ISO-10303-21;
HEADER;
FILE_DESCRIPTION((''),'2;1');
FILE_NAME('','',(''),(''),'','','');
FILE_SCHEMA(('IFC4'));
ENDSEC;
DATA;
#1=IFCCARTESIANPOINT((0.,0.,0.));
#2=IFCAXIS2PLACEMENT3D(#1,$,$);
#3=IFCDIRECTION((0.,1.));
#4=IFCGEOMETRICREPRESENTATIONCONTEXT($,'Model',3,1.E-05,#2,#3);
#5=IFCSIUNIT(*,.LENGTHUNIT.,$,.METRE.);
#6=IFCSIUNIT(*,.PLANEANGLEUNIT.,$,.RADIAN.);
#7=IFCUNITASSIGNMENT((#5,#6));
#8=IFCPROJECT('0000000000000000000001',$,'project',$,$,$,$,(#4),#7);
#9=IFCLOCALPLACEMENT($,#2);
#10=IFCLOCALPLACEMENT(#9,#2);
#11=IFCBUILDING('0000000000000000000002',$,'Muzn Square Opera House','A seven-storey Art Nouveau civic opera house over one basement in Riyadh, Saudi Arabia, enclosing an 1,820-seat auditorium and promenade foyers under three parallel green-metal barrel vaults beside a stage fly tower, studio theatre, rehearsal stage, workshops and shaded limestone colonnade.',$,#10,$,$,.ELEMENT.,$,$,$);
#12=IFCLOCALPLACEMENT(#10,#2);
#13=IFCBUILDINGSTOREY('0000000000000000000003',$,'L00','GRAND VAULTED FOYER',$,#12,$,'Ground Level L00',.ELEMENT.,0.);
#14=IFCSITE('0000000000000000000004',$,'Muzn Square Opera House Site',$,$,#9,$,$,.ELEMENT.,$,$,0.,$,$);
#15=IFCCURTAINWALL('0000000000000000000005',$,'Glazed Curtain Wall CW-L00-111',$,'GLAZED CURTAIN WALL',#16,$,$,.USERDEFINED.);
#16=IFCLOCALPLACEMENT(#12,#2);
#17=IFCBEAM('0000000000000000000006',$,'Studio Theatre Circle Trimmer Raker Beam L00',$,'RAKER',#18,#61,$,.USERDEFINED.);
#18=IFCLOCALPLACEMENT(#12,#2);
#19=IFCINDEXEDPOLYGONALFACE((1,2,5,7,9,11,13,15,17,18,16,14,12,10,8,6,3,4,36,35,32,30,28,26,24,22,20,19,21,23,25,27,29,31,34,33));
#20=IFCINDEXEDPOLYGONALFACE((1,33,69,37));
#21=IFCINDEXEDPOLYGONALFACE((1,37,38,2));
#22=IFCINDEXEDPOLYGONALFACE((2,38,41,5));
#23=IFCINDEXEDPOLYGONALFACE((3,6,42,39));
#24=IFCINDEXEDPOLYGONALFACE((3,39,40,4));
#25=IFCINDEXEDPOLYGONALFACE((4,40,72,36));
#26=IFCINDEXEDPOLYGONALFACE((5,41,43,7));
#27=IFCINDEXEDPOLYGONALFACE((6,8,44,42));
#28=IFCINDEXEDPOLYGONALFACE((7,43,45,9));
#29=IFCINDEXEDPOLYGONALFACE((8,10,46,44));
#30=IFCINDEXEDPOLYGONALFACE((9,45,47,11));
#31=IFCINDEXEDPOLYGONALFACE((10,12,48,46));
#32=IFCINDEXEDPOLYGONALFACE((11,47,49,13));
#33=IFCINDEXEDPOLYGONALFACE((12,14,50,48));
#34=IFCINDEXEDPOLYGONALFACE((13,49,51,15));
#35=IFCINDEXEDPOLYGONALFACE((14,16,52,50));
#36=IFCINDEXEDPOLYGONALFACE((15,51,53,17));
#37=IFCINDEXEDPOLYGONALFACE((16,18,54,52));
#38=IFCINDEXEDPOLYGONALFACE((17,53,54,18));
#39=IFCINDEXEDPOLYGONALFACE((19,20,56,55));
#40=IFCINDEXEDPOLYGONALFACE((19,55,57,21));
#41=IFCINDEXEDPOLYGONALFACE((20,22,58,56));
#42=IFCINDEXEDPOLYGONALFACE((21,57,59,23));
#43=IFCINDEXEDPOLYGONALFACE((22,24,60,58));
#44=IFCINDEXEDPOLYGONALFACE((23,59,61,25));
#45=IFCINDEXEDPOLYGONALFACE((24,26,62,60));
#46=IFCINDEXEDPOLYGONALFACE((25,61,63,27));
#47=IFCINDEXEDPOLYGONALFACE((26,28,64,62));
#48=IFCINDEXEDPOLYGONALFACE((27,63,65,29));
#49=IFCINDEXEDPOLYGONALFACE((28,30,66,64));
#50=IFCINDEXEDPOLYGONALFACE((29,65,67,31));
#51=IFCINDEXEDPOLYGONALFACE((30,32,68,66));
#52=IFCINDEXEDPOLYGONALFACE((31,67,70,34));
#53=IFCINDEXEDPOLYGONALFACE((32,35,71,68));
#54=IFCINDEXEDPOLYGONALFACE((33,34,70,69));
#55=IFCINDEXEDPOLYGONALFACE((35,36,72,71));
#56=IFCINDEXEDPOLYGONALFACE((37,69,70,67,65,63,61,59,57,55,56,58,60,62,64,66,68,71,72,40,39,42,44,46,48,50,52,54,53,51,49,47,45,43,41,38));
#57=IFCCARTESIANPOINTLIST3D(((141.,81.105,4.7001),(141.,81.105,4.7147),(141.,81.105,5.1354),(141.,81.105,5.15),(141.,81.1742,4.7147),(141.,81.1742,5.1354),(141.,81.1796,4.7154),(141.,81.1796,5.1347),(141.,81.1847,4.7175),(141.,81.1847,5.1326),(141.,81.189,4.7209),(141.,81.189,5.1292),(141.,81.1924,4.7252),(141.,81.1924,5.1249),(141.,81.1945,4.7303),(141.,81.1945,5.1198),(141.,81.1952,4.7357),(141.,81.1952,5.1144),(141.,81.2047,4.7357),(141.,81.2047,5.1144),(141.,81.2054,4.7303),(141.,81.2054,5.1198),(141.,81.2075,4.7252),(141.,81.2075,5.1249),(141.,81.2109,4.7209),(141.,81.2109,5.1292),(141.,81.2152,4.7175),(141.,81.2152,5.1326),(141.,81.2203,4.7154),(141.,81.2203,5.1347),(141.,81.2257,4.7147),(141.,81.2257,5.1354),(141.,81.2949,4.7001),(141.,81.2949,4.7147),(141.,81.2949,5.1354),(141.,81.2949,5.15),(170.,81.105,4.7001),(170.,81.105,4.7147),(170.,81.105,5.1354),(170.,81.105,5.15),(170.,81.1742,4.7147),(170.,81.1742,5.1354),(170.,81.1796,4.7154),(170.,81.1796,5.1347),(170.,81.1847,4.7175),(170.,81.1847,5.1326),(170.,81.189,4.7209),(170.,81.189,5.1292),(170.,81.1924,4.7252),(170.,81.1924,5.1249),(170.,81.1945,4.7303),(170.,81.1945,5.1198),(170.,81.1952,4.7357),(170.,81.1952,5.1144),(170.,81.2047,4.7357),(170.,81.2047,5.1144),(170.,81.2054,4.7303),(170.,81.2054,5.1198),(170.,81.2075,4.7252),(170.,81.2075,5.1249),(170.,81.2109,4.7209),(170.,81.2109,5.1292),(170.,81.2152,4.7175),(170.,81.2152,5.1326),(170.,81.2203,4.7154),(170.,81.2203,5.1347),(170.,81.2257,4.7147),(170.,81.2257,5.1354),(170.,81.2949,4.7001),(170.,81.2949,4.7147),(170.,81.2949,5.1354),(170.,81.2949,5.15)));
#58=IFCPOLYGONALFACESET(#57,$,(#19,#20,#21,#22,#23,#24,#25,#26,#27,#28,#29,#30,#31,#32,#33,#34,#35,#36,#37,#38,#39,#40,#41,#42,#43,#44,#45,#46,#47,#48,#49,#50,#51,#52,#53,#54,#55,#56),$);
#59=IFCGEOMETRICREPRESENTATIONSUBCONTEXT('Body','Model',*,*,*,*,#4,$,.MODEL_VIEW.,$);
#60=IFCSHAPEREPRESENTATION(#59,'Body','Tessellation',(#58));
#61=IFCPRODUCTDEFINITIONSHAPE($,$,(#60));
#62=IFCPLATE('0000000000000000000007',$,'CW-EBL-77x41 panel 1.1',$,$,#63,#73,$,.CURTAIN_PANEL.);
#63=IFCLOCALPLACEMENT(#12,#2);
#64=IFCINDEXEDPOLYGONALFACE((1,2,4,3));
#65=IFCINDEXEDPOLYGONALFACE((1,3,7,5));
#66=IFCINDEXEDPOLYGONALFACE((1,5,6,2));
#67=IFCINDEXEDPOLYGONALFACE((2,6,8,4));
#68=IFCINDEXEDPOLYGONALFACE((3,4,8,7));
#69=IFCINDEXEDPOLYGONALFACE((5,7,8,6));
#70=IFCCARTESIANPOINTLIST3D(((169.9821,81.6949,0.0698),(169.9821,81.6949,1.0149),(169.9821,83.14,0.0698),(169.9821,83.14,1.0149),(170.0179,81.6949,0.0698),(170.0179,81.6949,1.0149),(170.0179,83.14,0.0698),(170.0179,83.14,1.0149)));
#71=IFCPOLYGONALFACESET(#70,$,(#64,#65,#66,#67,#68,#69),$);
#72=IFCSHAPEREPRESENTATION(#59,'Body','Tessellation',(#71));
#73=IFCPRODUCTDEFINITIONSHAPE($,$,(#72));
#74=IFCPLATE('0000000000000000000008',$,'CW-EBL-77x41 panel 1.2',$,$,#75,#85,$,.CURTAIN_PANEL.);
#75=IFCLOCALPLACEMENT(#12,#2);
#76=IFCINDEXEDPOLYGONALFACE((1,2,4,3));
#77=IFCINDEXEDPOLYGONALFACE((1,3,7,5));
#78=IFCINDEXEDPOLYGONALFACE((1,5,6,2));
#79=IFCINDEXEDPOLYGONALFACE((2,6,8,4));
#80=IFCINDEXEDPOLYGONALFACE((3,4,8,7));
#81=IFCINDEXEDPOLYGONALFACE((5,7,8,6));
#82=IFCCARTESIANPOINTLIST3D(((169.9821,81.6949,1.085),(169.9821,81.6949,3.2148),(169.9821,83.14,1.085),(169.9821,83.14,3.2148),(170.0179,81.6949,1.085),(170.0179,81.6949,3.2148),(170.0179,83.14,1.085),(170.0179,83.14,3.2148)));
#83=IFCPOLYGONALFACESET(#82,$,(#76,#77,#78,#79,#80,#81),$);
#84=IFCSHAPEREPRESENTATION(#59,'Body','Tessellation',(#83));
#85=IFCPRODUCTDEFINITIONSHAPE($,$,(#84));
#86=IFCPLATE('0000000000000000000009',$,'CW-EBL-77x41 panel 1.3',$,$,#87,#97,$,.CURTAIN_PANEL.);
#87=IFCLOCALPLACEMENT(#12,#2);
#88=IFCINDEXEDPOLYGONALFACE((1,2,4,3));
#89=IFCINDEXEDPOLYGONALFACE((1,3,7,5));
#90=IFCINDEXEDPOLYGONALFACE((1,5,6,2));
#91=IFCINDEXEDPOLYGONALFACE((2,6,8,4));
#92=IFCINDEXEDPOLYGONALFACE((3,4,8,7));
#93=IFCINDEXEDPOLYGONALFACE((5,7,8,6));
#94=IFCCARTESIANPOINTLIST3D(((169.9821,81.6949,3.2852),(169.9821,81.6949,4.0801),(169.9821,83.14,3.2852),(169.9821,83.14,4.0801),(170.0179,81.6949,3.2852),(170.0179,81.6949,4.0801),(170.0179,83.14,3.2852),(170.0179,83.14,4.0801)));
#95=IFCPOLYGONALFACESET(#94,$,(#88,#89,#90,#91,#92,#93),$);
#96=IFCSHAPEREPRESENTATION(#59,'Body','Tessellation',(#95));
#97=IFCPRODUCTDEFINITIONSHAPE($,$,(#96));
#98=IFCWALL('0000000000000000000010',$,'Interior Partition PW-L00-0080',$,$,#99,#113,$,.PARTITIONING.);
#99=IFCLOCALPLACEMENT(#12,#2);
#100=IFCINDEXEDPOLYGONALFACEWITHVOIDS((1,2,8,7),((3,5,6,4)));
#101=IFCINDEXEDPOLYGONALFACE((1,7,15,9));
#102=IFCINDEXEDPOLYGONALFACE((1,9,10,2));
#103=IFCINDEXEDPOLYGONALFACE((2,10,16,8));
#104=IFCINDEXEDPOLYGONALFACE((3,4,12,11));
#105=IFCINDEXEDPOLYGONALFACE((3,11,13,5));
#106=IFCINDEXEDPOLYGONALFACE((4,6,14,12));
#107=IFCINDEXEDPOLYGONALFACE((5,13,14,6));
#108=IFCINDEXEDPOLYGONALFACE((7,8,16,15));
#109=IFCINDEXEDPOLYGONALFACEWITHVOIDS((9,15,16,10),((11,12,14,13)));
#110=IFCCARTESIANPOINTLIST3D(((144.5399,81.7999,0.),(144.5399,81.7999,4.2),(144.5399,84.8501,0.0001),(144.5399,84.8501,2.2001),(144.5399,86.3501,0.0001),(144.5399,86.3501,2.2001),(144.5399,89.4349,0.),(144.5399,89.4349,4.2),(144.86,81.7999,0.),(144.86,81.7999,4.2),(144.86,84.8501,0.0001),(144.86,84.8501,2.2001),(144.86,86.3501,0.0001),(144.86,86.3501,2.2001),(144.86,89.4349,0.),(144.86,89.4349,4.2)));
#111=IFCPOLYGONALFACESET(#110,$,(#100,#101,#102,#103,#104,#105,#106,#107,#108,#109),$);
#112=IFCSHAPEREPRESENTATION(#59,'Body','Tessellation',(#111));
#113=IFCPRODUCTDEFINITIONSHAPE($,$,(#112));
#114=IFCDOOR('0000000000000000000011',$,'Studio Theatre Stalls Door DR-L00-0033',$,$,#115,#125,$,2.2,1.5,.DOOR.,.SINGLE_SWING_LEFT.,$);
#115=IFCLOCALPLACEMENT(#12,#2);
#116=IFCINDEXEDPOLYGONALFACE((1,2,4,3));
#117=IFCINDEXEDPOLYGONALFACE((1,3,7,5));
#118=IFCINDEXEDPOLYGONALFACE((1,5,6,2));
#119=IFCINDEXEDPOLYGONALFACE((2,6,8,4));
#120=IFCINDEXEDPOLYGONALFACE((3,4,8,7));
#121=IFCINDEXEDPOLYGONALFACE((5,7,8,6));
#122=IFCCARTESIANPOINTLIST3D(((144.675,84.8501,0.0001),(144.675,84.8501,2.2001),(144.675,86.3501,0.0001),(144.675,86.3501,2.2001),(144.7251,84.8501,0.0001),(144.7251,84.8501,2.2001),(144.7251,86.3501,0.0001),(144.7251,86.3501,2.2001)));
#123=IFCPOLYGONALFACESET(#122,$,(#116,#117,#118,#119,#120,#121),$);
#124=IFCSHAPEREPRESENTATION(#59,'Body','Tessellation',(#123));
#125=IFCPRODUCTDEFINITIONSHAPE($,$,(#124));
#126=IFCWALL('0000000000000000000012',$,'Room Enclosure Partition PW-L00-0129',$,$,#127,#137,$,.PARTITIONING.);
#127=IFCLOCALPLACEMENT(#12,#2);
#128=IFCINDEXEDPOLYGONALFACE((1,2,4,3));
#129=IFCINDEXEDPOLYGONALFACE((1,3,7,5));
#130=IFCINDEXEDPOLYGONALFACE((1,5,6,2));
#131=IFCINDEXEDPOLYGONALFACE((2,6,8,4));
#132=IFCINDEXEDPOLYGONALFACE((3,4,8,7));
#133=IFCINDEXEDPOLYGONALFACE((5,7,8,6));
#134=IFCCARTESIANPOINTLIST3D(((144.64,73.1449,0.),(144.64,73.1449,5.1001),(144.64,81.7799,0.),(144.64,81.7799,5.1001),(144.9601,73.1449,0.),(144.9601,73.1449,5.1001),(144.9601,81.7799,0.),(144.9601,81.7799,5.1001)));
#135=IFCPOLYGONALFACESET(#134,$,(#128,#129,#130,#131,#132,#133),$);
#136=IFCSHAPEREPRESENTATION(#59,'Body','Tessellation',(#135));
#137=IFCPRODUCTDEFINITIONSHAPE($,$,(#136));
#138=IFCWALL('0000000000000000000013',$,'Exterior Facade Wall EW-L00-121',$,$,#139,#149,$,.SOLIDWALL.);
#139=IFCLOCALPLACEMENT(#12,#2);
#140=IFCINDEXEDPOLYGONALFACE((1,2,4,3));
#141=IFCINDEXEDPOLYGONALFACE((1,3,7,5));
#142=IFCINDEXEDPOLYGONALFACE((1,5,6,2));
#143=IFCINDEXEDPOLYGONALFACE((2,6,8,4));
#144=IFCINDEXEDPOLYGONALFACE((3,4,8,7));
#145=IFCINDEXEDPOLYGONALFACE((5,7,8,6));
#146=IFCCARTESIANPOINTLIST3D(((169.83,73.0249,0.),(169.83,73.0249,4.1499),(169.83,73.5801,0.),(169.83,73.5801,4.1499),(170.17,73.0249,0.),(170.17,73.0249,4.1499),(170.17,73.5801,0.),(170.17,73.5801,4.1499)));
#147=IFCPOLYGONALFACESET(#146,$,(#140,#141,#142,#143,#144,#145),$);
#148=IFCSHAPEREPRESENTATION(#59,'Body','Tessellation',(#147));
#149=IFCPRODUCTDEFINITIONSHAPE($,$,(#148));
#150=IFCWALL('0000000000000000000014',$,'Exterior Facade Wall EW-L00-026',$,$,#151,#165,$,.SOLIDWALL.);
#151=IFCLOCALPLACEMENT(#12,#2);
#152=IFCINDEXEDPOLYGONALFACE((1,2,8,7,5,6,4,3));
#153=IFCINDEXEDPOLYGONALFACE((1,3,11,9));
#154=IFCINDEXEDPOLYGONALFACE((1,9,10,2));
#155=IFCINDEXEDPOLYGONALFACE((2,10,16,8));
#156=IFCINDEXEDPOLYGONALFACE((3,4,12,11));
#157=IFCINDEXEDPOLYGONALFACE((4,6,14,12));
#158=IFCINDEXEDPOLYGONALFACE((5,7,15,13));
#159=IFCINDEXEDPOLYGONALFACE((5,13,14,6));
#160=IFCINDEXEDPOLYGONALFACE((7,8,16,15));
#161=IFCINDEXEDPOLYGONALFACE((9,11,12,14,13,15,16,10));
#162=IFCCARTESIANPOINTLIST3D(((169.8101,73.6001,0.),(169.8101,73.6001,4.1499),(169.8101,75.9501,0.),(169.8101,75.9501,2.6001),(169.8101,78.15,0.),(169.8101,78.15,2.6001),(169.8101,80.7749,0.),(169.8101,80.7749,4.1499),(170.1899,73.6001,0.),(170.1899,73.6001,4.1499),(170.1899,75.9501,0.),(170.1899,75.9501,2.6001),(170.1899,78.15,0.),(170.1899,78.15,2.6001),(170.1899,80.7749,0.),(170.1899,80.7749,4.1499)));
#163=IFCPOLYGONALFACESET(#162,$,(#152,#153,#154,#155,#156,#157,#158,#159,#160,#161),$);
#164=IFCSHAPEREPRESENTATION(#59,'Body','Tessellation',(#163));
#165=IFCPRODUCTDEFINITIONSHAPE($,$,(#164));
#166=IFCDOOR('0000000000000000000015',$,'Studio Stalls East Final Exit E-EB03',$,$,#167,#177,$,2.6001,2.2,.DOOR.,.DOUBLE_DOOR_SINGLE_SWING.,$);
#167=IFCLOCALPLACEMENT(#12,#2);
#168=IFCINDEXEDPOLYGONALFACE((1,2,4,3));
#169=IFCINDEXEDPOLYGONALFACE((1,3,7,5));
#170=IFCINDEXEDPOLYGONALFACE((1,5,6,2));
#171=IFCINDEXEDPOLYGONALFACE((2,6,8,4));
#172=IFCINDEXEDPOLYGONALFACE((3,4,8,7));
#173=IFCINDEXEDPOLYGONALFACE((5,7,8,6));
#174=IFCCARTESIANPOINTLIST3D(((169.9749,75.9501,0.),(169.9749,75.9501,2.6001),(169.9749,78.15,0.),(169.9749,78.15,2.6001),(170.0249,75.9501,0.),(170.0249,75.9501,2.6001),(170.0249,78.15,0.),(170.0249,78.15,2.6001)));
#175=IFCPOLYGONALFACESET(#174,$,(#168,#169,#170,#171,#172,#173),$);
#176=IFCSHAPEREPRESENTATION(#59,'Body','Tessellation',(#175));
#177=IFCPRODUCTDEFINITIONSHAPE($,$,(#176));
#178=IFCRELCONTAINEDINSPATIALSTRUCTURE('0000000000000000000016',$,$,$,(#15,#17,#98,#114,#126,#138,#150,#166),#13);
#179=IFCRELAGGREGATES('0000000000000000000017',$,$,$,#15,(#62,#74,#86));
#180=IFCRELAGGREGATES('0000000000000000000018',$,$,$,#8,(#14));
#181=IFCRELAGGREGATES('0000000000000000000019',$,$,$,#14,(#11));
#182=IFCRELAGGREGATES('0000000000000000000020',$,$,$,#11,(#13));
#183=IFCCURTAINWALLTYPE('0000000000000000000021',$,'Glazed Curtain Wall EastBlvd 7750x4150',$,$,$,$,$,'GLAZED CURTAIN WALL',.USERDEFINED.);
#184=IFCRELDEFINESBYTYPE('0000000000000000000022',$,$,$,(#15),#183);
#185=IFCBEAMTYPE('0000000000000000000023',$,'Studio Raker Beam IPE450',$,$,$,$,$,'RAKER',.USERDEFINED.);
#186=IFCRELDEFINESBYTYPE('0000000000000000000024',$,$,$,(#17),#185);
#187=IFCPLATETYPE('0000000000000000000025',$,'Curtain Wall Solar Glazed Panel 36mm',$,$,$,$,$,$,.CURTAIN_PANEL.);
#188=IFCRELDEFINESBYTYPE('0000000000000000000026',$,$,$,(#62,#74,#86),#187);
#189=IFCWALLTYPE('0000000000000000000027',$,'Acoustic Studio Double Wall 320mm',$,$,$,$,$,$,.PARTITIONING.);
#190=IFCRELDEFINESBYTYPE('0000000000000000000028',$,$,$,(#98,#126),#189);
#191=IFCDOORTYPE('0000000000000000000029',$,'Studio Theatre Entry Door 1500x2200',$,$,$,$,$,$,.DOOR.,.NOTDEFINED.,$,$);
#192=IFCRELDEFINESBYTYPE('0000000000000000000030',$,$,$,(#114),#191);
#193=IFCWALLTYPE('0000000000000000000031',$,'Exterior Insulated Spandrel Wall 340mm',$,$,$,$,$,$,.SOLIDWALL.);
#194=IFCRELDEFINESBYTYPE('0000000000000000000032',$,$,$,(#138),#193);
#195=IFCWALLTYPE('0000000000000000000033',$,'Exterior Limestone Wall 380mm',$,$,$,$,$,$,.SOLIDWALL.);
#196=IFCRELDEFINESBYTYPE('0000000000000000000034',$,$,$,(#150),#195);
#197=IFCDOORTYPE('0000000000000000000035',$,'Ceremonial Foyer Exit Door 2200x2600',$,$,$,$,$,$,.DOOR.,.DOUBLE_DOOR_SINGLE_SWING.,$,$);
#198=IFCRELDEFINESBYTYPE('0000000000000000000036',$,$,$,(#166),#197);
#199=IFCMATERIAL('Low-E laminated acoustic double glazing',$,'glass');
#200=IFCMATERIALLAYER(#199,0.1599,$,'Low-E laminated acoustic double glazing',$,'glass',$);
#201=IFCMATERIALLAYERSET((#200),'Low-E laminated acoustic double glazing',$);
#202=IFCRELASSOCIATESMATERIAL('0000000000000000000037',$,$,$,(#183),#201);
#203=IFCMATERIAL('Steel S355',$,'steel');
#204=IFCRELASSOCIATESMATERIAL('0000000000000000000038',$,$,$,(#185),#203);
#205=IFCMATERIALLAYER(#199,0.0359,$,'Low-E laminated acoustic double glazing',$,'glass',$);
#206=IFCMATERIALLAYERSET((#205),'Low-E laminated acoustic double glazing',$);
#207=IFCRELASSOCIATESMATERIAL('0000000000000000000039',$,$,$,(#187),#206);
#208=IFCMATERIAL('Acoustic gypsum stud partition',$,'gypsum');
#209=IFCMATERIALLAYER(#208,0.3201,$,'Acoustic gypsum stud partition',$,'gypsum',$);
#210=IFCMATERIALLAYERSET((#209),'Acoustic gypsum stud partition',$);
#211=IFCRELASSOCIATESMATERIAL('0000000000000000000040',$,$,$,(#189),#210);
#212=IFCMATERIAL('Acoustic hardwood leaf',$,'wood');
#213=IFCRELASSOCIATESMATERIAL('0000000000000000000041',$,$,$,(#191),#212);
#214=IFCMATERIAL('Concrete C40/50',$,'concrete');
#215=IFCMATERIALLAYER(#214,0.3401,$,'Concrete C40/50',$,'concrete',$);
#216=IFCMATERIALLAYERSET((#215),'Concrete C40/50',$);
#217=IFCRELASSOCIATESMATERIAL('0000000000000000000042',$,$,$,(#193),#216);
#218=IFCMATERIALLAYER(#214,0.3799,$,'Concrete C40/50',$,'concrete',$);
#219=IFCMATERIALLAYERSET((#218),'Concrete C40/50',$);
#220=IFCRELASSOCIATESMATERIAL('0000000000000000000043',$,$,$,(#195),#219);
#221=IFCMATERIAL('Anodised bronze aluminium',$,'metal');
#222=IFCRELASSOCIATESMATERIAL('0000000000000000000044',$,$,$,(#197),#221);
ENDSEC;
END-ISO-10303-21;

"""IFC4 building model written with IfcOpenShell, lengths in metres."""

from ifc_helpers import new_model, si_unit, direction, frame, frame_2d, origin, origin_2d, place, context, subcontext, project, spatial, rectangle, i_section, extrude, material, layer, layer_set, material_profile, profile_set, type_object, element, fill, aggregate, save


model = new_model("IFC4")

# Units and contexts
model_context = context("Model", 3, precision=1e-05, world=origin(), true_north=direction((0.0, 1.0)))
body_context = subcontext(model_context, "Body", "Model", "MODEL_VIEW")
ifc_project = project(units=[si_unit("LENGTHUNIT", "METRE"), si_unit("PLANEANGLEUNIT", "RADIAN")], contexts=[model_context])

# Site, building, storey
site_placement = place(None, origin())
site = spatial("IfcSite", under=ifc_project, at=site_placement, Name="Muzn Square Opera House Site", CompositionType="ELEMENT", RefElevation=0.0)
building_placement = place(site_placement, origin())
building = spatial("IfcBuilding", under=site, at=building_placement, Name="Muzn Square Opera House", Description="A seven-storey Art Nouveau civic opera house over one basement in Riyadh, Saudi Arabia, enclosing an 1,820-seat auditorium and promenade foyers under three parallel green-metal barrel vaults beside a stage fly tower, studio theatre, rehearsal stage, workshops and shaded limestone colonnade.", CompositionType="ELEMENT")
storey_placement = place(building_placement, origin())
storey = spatial("IfcBuildingStorey", under=building, at=storey_placement, Name="L00", Description="GRAND VAULTED FOYER", LongName="Ground Level L00", CompositionType="ELEMENT", Elevation=0.0)

# Curtain wall
ifc_material_1 = material(Name="Low-E laminated acoustic double glazing", Category="glass")
ifc_layer_1 = layer(ifc_material_1, 0.1599, Name="Low-E laminated acoustic double glazing", Category="glass")
ifc_layer_set_1 = layer_set([ifc_layer_1], Name="Low-E laminated acoustic double glazing")
curtain_wall_type = type_object("IfcCurtainWallType", Name="Glazed Curtain Wall EastBlvd 7750x4150", ElementType="GLAZED CURTAIN WALL", PredefinedType="USERDEFINED", material=ifc_layer_set_1)
curtain_wall_placement = place(storey_placement, origin())
curtain_wall = element("IfcCurtainWall", 1, at=curtain_wall_placement, inside=storey, type_object=curtain_wall_type, Name="Glazed Curtain Wall CW-L00-111", ObjectType="GLAZED CURTAIN WALL", PredefinedType="USERDEFINED")

# Beam
ifc_material_2 = material(Name="Concrete C40/50", Category="concrete")
ifc_material_3 = material(Name="Steel S355", Category="steel")
ifc_material_profile_1 = material_profile(ifc_material_3, i_section(OverallWidth=0.1899, OverallDepth=0.45, WebThickness=0.0095, FlangeThickness=0.0146, FilletRadius=0.021, at=origin_2d()), Name="IPE 450", Category="steel")
ifc_profile_set_1 = profile_set([ifc_material_profile_1], Name="Steel S355")
beam_type_1 = type_object("IfcBeamType", Name="Studio Raker Beam IPE450", ElementType="RAKER", PredefinedType="USERDEFINED", material=ifc_profile_set_1)
beam_1_placement = place(storey_placement, frame((141.0, 81.2, 4.925), z_axis=(1.0, 0.0, 0.0), x_axis=(0.0, 1.0, 0.0)))
element("IfcBeam", 2, at=beam_1_placement, inside=storey, type_object=beam_type_1, Name="Studio Theatre Circle Trimmer Raker Beam L00", ObjectType="RAKER", PredefinedType="USERDEFINED", context=body_context, shape_type="SweptSolid", body=[
    extrude(i_section(OverallWidth=0.1899, OverallDepth=0.45, WebThickness=0.0095, FlangeThickness=0.0146, FilletRadius=0.021, at=origin_2d()), origin(), (0.0, 0.0, 1.0), 29.0),
])

# Plates
ifc_layer_2 = layer(ifc_material_1, 0.0359, Name="Low-E laminated acoustic double glazing", Category="glass")
ifc_layer_set_2 = layer_set([ifc_layer_2], Name="Low-E laminated acoustic double glazing")
plate_type = type_object("IfcPlateType", Name="Curtain Wall Solar Glazed Panel 36mm", PredefinedType="CURTAIN_PANEL", material=ifc_layer_set_2)
plate_1_placement = place(storey_placement, frame((170.0, 82.4175, 0.0698), z_axis=(0.0, 0.0, 1.0), x_axis=(0.0, 1.0, 0.0)))
plate_1 = element("IfcPlate", 3, at=plate_1_placement, type_object=plate_type, Name="CW-EBL-77x41 panel 1.1", PredefinedType="CURTAIN_PANEL", context=body_context, shape_type="SweptSolid", body=[
    extrude(rectangle(XDim=1.4451, YDim=0.0359, at=origin_2d()), origin(), (0.0, 0.0, 1.0), 0.9451),
])
plate_2_placement = place(storey_placement, frame((170.0, 82.4175, 1.085), z_axis=(0.0, 0.0, 1.0), x_axis=(0.0, 1.0, 0.0)))
plate_2 = element("IfcPlate", 4, at=plate_2_placement, type_object=plate_type, Name="CW-EBL-77x41 panel 1.2", PredefinedType="CURTAIN_PANEL", context=body_context, shape_type="SweptSolid", body=[
    extrude(rectangle(XDim=1.4451, YDim=0.0359, at=origin_2d()), origin(), (0.0, 0.0, 1.0), 2.1299),
])
plate_3_placement = place(storey_placement, frame((170.0, 82.4175, 3.2852), z_axis=(0.0, 0.0, 1.0), x_axis=(0.0, 1.0, 0.0)))
plate_3 = element("IfcPlate", 5, at=plate_3_placement, type_object=plate_type, Name="CW-EBL-77x41 panel 1.3", PredefinedType="CURTAIN_PANEL", context=body_context, shape_type="SweptSolid", body=[
    extrude(rectangle(XDim=1.4451, YDim=0.0359, at=origin_2d()), origin(), (0.0, 0.0, 1.0), 0.7949),
])
aggregate(curtain_wall, [plate_1, plate_2, plate_3])

# Wall, opening, door
ifc_material_4 = material(Name="Acoustic gypsum stud partition", Category="gypsum")
ifc_layer_3 = layer(ifc_material_4, 0.3201, Name="Acoustic gypsum stud partition", Category="gypsum")
ifc_layer_set_3 = layer_set([ifc_layer_3], Name="Acoustic gypsum stud partition")
wall_type_1 = type_object("IfcWallType", Name="Acoustic Studio Double Wall 320mm", PredefinedType="PARTITIONING", material=ifc_layer_set_3)
wall_1_placement = place(storey_placement, frame((144.7, 81.8, 0.0), z_axis=(0.0, 0.0, 1.0), x_axis=(0.0, 1.0, 0.0)))
wall_1 = element("IfcWall", 6, at=wall_1_placement, inside=storey, type_object=wall_type_1, Name="Interior Partition PW-L00-0080", PredefinedType="PARTITIONING", context=body_context, shape_type="SweptSolid", body=[
    extrude(rectangle(XDim=7.635, YDim=0.3201, at=frame_2d((3.8174, 0.0))), origin(), (0.0, 0.0, 1.0), 4.2),
])
opening_1_placement = place(wall_1_placement, frame((3.05, 0.0, 0.0)))
opening_1 = element("IfcOpeningElement", 7, at=opening_1_placement, cuts=wall_1, PredefinedType="OPENING", context=body_context, shape_type="SweptSolid", body=[
    extrude(rectangle(XDim=1.5, YDim=2.2, at=frame_2d((0.75, 1.1001))), frame((0.0, 0.1699, 0.0), z_axis=(0.0, -1.0, 0.0), x_axis=(1.0, 0.0, 0.0)), (0.0, 0.0, 1.0), 0.3401),
])
ifc_material_5 = material(Name="Acoustic hardwood leaf", Category="wood")
door_type_1 = type_object("IfcDoorType", Name="Studio Theatre Entry Door 1500x2200", OperationType="NOTDEFINED", PredefinedType="DOOR", material=ifc_material_5)
door_1_placement = place(opening_1_placement, origin())
door_1 = element("IfcDoor", 8, at=door_1_placement, inside=storey, type_object=door_type_1, Name="Studio Theatre Stalls Door DR-L00-0033", OperationType="SINGLE_SWING_LEFT", OverallHeight=2.2, OverallWidth=1.5, PredefinedType="DOOR", context=body_context, shape_type="SweptSolid", body=[
    extrude(rectangle(XDim=1.5, YDim=2.2, at=frame_2d((0.75, 1.1001))), frame((0.0, 0.0249, 0.0), z_axis=(0.0, -1.0, 0.0), x_axis=(1.0, 0.0, 0.0)), (0.0, 0.0, 1.0), 0.05),
])
fill(opening_1, door_1)

# Walls
wall_2_placement = place(storey_placement, frame((144.8, 73.145, 0.0), z_axis=(0.0, 0.0, 1.0), x_axis=(0.0, 1.0, 0.0)))
element("IfcWall", 9, at=wall_2_placement, inside=storey, type_object=wall_type_1, Name="Room Enclosure Partition PW-L00-0129", PredefinedType="PARTITIONING", context=body_context, shape_type="SweptSolid", body=[
    extrude(rectangle(XDim=8.635, YDim=0.3201, at=frame_2d((4.3174, 0.0))), origin(), (0.0, 0.0, 1.0), 5.1001),
])
ifc_layer_4 = layer(ifc_material_2, 0.3401, Name="Concrete C40/50", Category="concrete")
ifc_layer_set_4 = layer_set([ifc_layer_4], Name="Concrete C40/50")
wall_type_2 = type_object("IfcWallType", Name="Exterior Insulated Spandrel Wall 340mm", PredefinedType="SOLIDWALL", material=ifc_layer_set_4)
wall_3_placement = place(storey_placement, frame((170.0, 73.0249, 0.0), z_axis=(0.0, 0.0, 1.0), x_axis=(0.0, 1.0, 0.0)))
element("IfcWall", 10, at=wall_3_placement, inside=storey, type_object=wall_type_2, Name="Exterior Facade Wall EW-L00-121", PredefinedType="SOLIDWALL", context=body_context, shape_type="SweptSolid", body=[
    extrude(rectangle(XDim=0.5552, YDim=0.3401, at=frame_2d((0.2776, 0.0))), origin(), (0.0, 0.0, 1.0), 4.1499),
])

# Wall, opening, door
ifc_layer_5 = layer(ifc_material_2, 0.3799, Name="Concrete C40/50", Category="concrete")
ifc_layer_set_5 = layer_set([ifc_layer_5], Name="Concrete C40/50")
wall_type_3 = type_object("IfcWallType", Name="Exterior Limestone Wall 380mm", PredefinedType="SOLIDWALL", material=ifc_layer_set_5)
wall_4_placement = place(storey_placement, frame((170.0, 73.6001, 0.0), z_axis=(0.0, 0.0, 1.0), x_axis=(0.0, 1.0, 0.0)))
wall_4 = element("IfcWall", 11, at=wall_4_placement, inside=storey, type_object=wall_type_3, Name="Exterior Facade Wall EW-L00-026", PredefinedType="SOLIDWALL", context=body_context, shape_type="SweptSolid", body=[
    extrude(rectangle(XDim=7.1748, YDim=0.3799, at=frame_2d((3.5874, 0.0))), origin(), (0.0, 0.0, 1.0), 4.1499),
])
opening_2_placement = place(wall_4_placement, frame((4.55, 0.0, 0.0), z_axis=(0.0, 0.0, 1.0), x_axis=(-1.0, 0.0, 0.0)))
opening_2 = element("IfcOpeningElement", 12, at=opening_2_placement, cuts=wall_4, PredefinedType="OPENING", context=body_context, shape_type="SweptSolid", body=[
    extrude(rectangle(XDim=2.2, YDim=2.6001, at=frame_2d((1.1001, 1.3))), frame((0.0, 0.2, 0.0), z_axis=(0.0, -1.0, 0.0), x_axis=(1.0, 0.0, 0.0)), (0.0, 0.0, 1.0), 0.3999),
])
ifc_material_6 = material(Name="Anodised bronze aluminium", Category="metal")
door_type_2 = type_object("IfcDoorType", Name="Ceremonial Foyer Exit Door 2200x2600", OperationType="DOUBLE_DOOR_SINGLE_SWING", PredefinedType="DOOR", material=ifc_material_6)
door_2_placement = place(opening_2_placement, origin())
door_2 = element("IfcDoor", 13, at=door_2_placement, inside=storey, type_object=door_type_2, Name="Studio Stalls East Final Exit E-EB03", OperationType="DOUBLE_DOOR_SINGLE_SWING", OverallHeight=2.6001, OverallWidth=2.2, PredefinedType="DOOR", context=body_context, shape_type="SweptSolid", body=[
    extrude(rectangle(XDim=2.2, YDim=2.6001, at=frame_2d((1.1001, 1.3))), frame((0.0, 0.0249, 0.0), z_axis=(0.0, -1.0, 0.0), x_axis=(1.0, 0.0, 0.0)), (0.0, 0.0, 1.0), 0.05),
])
fill(opening_2, door_2)

save(model, "model.ifc")
